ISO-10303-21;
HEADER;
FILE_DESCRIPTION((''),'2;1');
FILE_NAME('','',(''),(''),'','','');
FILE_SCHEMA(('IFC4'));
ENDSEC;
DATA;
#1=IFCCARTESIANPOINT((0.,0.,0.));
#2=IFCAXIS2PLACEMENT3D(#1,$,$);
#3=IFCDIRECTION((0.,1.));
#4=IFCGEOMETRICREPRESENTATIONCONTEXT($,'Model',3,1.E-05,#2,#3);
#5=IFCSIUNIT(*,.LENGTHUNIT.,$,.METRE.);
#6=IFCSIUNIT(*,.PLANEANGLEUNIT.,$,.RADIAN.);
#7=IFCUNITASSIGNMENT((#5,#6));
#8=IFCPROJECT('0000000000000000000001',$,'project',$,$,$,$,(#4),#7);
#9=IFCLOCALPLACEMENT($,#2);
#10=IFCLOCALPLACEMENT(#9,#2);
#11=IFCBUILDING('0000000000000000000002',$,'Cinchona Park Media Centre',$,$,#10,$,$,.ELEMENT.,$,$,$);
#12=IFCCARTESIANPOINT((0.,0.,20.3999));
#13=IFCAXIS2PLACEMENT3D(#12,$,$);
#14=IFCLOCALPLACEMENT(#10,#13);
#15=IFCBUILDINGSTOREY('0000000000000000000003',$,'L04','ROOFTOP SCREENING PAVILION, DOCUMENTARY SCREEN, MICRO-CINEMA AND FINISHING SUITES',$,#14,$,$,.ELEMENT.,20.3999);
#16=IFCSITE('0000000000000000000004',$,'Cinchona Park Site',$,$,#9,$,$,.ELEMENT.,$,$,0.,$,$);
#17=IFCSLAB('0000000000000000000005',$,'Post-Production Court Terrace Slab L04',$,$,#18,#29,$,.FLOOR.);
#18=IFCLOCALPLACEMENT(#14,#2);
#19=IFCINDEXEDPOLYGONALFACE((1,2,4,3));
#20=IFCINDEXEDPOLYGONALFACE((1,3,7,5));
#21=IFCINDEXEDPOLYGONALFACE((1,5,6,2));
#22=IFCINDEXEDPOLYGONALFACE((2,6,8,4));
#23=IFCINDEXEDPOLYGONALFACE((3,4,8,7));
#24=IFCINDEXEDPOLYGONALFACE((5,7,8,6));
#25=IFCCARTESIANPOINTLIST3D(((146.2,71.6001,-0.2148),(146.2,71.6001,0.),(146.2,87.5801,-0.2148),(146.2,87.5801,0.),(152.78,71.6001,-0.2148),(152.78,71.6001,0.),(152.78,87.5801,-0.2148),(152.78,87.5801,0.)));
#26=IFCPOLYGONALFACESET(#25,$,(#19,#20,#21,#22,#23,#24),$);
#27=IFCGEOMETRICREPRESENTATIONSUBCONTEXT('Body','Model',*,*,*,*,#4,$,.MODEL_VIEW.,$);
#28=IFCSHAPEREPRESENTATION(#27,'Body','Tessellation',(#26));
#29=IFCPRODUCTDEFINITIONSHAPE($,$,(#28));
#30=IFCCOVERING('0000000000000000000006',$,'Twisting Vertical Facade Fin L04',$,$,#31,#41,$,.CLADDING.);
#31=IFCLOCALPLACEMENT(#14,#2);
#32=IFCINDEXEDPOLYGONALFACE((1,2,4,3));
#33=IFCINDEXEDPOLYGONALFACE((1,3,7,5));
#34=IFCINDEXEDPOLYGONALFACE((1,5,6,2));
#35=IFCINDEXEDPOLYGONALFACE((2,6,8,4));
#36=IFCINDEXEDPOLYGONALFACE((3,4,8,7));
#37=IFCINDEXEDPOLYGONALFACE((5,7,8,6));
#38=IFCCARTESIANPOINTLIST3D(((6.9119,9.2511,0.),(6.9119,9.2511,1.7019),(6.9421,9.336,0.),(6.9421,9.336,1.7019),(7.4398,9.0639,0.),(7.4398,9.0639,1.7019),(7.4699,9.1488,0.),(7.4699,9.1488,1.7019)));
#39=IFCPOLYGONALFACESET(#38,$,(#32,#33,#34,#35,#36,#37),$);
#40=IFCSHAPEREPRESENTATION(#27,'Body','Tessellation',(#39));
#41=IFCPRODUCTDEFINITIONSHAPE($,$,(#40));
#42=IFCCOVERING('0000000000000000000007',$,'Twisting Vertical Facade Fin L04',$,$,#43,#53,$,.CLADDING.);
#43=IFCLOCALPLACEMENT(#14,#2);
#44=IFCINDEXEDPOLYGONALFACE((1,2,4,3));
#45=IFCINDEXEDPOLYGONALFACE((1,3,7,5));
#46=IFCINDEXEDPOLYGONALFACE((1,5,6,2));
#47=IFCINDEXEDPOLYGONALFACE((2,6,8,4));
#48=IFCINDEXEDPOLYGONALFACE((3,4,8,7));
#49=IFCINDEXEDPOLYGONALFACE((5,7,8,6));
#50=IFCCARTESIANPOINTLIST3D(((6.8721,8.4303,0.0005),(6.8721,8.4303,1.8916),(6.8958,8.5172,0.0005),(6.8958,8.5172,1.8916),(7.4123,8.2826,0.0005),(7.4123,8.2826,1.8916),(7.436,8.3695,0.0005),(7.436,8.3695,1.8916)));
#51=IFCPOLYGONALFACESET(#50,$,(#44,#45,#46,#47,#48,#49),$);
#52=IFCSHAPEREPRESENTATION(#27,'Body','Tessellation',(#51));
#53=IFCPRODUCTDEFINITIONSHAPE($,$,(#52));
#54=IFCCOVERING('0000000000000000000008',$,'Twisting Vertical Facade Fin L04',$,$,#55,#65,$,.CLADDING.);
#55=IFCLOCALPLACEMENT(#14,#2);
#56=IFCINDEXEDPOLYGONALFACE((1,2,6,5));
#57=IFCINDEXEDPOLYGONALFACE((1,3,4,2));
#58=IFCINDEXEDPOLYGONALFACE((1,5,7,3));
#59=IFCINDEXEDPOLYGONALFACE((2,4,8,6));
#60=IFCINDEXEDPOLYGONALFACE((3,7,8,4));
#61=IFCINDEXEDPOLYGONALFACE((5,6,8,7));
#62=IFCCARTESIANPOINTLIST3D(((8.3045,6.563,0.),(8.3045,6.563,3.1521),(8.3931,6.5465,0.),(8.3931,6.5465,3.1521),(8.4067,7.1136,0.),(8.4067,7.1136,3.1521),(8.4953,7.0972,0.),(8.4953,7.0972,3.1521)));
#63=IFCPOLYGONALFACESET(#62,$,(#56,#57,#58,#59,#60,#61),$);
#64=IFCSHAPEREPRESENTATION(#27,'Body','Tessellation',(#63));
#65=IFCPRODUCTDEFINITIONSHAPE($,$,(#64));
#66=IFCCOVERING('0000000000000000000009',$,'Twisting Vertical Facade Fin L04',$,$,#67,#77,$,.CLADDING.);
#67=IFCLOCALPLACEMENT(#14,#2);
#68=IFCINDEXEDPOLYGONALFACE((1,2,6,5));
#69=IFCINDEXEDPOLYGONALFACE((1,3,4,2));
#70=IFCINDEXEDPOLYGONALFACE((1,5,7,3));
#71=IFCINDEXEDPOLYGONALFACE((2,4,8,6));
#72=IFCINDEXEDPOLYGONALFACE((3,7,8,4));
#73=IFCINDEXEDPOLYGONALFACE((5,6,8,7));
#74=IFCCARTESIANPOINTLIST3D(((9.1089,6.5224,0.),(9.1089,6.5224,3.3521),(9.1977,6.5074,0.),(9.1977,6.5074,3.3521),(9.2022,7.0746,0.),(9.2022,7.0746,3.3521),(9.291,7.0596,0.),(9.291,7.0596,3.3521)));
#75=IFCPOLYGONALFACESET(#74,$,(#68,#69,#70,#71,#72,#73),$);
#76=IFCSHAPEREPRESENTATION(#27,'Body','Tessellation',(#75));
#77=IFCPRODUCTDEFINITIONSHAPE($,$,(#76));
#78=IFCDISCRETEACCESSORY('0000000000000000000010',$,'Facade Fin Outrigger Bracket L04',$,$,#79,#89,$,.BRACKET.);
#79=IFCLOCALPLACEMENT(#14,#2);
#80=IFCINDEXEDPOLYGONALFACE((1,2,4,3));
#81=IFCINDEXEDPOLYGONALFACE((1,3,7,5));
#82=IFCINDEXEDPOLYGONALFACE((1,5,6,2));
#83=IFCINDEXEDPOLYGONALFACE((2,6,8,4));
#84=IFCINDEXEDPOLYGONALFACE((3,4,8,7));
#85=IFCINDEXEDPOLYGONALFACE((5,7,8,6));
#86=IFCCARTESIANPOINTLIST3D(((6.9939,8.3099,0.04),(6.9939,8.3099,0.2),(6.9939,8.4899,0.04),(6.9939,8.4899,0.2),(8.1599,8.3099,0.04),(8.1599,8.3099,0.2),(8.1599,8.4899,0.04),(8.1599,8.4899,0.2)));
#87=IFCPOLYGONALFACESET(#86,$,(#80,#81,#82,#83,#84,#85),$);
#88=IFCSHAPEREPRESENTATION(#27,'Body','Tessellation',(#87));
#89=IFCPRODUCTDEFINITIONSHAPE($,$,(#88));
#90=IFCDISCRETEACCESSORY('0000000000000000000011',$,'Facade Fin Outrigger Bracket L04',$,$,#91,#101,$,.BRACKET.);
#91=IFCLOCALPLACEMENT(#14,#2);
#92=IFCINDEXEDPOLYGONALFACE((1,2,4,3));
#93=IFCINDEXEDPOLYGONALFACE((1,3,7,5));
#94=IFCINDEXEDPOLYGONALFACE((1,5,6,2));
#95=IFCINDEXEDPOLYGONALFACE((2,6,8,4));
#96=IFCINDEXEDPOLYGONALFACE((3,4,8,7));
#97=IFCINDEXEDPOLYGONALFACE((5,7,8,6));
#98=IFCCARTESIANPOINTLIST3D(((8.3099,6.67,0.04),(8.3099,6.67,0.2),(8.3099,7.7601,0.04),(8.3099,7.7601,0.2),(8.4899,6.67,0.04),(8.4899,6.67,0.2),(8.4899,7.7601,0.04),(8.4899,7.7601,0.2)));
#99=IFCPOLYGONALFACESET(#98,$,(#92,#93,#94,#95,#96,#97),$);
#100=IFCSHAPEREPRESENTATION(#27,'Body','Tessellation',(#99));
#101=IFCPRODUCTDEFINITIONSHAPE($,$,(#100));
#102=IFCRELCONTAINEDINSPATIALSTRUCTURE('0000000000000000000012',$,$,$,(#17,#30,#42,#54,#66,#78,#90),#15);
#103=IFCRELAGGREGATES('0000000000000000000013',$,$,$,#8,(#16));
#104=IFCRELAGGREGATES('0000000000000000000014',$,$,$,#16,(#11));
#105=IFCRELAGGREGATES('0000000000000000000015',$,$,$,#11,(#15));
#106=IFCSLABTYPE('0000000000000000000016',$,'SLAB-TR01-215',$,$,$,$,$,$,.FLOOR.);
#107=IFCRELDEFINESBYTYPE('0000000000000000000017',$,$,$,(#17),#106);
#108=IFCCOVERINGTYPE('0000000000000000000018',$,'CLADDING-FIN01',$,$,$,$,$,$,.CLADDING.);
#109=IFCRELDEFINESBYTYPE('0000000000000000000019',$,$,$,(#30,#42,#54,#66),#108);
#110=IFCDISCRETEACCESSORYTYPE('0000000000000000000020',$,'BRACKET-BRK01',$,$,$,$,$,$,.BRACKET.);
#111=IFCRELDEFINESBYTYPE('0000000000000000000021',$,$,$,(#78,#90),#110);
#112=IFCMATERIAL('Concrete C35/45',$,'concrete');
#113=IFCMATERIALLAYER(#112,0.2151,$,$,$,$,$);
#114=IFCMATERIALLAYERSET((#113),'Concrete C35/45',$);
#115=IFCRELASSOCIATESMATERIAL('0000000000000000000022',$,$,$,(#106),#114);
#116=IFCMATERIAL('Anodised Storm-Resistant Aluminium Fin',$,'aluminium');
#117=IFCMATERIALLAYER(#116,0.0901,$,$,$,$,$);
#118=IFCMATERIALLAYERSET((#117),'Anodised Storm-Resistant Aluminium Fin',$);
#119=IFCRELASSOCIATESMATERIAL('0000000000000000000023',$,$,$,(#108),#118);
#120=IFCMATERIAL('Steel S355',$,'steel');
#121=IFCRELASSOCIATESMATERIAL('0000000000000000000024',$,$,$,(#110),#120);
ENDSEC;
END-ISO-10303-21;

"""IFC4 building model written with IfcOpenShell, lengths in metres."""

from ifc_helpers import new_model, si_unit, direction, frame, origin, origin_2d, place, context, subcontext, project, spatial, polyline, rectangle, outline, extrude, material, layer, layer_set, type_object, element, save


model = new_model("IFC4")

# Units and contexts
model_context = context("Model", 3, precision=1e-05, world=origin(), true_north=direction((0.0, 1.0)))
body_context = subcontext(model_context, "Body", "Model", "MODEL_VIEW")
ifc_project = project(units=[si_unit("LENGTHUNIT", "METRE"), si_unit("PLANEANGLEUNIT", "RADIAN")], contexts=[model_context])

# Site, building, storey
site_placement = place(None, origin())
site = spatial("IfcSite", under=ifc_project, at=site_placement, Name="Cinchona Park Site", CompositionType="ELEMENT", RefElevation=0.0)
building_placement = place(site_placement, origin())
building = spatial("IfcBuilding", under=site, at=building_placement, Name="Cinchona Park Media Centre", CompositionType="ELEMENT")
storey_placement = place(building_placement, frame((0.0, 0.0, 20.3999)))
storey = spatial("IfcBuildingStorey", under=building, at=storey_placement, Name="L04", Description="ROOFTOP SCREENING PAVILION, DOCUMENTARY SCREEN, MICRO-CINEMA AND FINISHING SUITES", CompositionType="ELEMENT", Elevation=20.3999)

# Slab
ifc_material_1 = material(Name="Concrete C35/45", Category="concrete")
ifc_layer_1 = layer(ifc_material_1, 0.2151)
ifc_layer_set_1 = layer_set([ifc_layer_1], Name="Concrete C35/45")
slab_type_1 = type_object("IfcSlabType", Name="SLAB-TR01-215", PredefinedType="FLOOR", material=ifc_layer_set_1)
slab_1_placement = place(storey_placement, frame((0.0, 0.0, -0.2148)))
element("IfcSlab", 1, at=slab_1_placement, inside=storey, type_object=slab_type_1, Name="Post-Production Court Terrace Slab L04", PredefinedType="FLOOR", context=body_context, shape_type="SweptSolid", body=[
    extrude(outline(polyline([(146.2, 71.6001), (152.78, 71.6001), (152.78, 87.5801), (146.2, 87.5801), (146.2, 71.6001)])), origin(), (0.0, 0.0, 1.0), 0.2148),
])

# Coverings
ifc_material_2 = material(Name="Anodised Storm-Resistant Aluminium Fin", Category="aluminium")
ifc_layer_2 = layer(ifc_material_2, 0.0901)
ifc_layer_set_2 = layer_set([ifc_layer_2], Name="Anodised Storm-Resistant Aluminium Fin")
covering_type = type_object("IfcCoveringType", Name="CLADDING-FIN01", PredefinedType="CLADDING", material=ifc_layer_set_2)
covering_1_placement = place(storey_placement, frame((7.1909, 9.2, 0.0), z_axis=(0.0, 0.0, 1.0), x_axis=(0.942467, -0.3343, 0.0)))
element("IfcCovering", 2, at=covering_1_placement, inside=storey, type_object=covering_type, Name="Twisting Vertical Facade Fin L04", PredefinedType="CLADDING", context=body_context, shape_type="SweptSolid", body=[
    extrude(rectangle(XDim=0.5601, YDim=0.0901, at=origin_2d()), origin(), (0.0, 0.0, 1.0), 1.7019),
])
covering_2_placement = place(storey_placement, frame((7.1541, 8.3999, 0.0005), z_axis=(0.0, 0.0, 1.0), x_axis=(0.964603, -0.263705, 0.0)))
element("IfcCovering", 3, at=covering_2_placement, inside=storey, type_object=covering_type, Name="Twisting Vertical Facade Fin L04", PredefinedType="CLADDING", context=body_context, shape_type="SweptSolid", body=[
    extrude(rectangle(XDim=0.5601, YDim=0.0901, at=origin_2d()), origin(), (0.0, 0.0, 1.0), 1.8911),
])
covering_3_placement = place(storey_placement, frame((8.3999, 6.8301, 0.0), z_axis=(0.0, 0.0, 1.0), x_axis=(0.182579, 0.983191, 0.0)))
element("IfcCovering", 4, at=covering_3_placement, inside=storey, type_object=covering_type, Name="Twisting Vertical Facade Fin L04", PredefinedType="CLADDING", context=body_context, shape_type="SweptSolid", body=[
    extrude(rectangle(XDim=0.5601, YDim=0.0901, at=origin_2d()), origin(), (0.0, 0.0, 1.0), 3.1521),
])
covering_4_placement = place(storey_placement, frame((9.2, 6.791, 0.0), z_axis=(0.0, 0.0, 1.0), x_axis=(0.166597, 0.986025, 0.0)))
element("IfcCovering", 5, at=covering_4_placement, inside=storey, type_object=covering_type, Name="Twisting Vertical Facade Fin L04", PredefinedType="CLADDING", context=body_context, shape_type="SweptSolid", body=[
    extrude(rectangle(XDim=0.5601, YDim=0.0901, at=origin_2d()), origin(), (0.0, 0.0, 1.0), 3.3521),
])

# Discrete accessories
ifc_material_3 = material(Name="Steel S355", Category="steel")
discrete_accessory_type = type_object("IfcDiscreteAccessoryType", Name="BRACKET-BRK01", PredefinedType="BRACKET", material=ifc_material_3)
discrete_accessory_1_placement = place(storey_placement, frame((7.5769, 8.3999, 0.04), z_axis=(0.0, 0.0, 1.0), x_axis=(0.0, -1.0, 0.0)))
element("IfcDiscreteAccessory", 6, at=discrete_accessory_1_placement, inside=storey, type_object=discrete_accessory_type, Name="Facade Fin Outrigger Bracket L04", PredefinedType="BRACKET", context=body_context, shape_type="SweptSolid", body=[
    extrude(rectangle(XDim=0.1799, YDim=1.166, at=origin_2d()), origin(), (0.0, 0.0, 1.0), 0.1599),
])
discrete_accessory_2_placement = place(storey_placement, frame((8.3999, 7.2151, 0.04), z_axis=(0.0, 0.0, 1.0), x_axis=(1.0, 0.0, 0.0)))
element("IfcDiscreteAccessory", 7, at=discrete_accessory_2_placement, inside=storey, type_object=discrete_accessory_type, Name="Facade Fin Outrigger Bracket L04", PredefinedType="BRACKET", context=body_context, shape_type="SweptSolid", body=[
    extrude(rectangle(XDim=0.1799, YDim=1.0901, at=origin_2d()), origin(), (0.0, 0.0, 1.0), 0.1599),
])

save(model, "model.ifc")
